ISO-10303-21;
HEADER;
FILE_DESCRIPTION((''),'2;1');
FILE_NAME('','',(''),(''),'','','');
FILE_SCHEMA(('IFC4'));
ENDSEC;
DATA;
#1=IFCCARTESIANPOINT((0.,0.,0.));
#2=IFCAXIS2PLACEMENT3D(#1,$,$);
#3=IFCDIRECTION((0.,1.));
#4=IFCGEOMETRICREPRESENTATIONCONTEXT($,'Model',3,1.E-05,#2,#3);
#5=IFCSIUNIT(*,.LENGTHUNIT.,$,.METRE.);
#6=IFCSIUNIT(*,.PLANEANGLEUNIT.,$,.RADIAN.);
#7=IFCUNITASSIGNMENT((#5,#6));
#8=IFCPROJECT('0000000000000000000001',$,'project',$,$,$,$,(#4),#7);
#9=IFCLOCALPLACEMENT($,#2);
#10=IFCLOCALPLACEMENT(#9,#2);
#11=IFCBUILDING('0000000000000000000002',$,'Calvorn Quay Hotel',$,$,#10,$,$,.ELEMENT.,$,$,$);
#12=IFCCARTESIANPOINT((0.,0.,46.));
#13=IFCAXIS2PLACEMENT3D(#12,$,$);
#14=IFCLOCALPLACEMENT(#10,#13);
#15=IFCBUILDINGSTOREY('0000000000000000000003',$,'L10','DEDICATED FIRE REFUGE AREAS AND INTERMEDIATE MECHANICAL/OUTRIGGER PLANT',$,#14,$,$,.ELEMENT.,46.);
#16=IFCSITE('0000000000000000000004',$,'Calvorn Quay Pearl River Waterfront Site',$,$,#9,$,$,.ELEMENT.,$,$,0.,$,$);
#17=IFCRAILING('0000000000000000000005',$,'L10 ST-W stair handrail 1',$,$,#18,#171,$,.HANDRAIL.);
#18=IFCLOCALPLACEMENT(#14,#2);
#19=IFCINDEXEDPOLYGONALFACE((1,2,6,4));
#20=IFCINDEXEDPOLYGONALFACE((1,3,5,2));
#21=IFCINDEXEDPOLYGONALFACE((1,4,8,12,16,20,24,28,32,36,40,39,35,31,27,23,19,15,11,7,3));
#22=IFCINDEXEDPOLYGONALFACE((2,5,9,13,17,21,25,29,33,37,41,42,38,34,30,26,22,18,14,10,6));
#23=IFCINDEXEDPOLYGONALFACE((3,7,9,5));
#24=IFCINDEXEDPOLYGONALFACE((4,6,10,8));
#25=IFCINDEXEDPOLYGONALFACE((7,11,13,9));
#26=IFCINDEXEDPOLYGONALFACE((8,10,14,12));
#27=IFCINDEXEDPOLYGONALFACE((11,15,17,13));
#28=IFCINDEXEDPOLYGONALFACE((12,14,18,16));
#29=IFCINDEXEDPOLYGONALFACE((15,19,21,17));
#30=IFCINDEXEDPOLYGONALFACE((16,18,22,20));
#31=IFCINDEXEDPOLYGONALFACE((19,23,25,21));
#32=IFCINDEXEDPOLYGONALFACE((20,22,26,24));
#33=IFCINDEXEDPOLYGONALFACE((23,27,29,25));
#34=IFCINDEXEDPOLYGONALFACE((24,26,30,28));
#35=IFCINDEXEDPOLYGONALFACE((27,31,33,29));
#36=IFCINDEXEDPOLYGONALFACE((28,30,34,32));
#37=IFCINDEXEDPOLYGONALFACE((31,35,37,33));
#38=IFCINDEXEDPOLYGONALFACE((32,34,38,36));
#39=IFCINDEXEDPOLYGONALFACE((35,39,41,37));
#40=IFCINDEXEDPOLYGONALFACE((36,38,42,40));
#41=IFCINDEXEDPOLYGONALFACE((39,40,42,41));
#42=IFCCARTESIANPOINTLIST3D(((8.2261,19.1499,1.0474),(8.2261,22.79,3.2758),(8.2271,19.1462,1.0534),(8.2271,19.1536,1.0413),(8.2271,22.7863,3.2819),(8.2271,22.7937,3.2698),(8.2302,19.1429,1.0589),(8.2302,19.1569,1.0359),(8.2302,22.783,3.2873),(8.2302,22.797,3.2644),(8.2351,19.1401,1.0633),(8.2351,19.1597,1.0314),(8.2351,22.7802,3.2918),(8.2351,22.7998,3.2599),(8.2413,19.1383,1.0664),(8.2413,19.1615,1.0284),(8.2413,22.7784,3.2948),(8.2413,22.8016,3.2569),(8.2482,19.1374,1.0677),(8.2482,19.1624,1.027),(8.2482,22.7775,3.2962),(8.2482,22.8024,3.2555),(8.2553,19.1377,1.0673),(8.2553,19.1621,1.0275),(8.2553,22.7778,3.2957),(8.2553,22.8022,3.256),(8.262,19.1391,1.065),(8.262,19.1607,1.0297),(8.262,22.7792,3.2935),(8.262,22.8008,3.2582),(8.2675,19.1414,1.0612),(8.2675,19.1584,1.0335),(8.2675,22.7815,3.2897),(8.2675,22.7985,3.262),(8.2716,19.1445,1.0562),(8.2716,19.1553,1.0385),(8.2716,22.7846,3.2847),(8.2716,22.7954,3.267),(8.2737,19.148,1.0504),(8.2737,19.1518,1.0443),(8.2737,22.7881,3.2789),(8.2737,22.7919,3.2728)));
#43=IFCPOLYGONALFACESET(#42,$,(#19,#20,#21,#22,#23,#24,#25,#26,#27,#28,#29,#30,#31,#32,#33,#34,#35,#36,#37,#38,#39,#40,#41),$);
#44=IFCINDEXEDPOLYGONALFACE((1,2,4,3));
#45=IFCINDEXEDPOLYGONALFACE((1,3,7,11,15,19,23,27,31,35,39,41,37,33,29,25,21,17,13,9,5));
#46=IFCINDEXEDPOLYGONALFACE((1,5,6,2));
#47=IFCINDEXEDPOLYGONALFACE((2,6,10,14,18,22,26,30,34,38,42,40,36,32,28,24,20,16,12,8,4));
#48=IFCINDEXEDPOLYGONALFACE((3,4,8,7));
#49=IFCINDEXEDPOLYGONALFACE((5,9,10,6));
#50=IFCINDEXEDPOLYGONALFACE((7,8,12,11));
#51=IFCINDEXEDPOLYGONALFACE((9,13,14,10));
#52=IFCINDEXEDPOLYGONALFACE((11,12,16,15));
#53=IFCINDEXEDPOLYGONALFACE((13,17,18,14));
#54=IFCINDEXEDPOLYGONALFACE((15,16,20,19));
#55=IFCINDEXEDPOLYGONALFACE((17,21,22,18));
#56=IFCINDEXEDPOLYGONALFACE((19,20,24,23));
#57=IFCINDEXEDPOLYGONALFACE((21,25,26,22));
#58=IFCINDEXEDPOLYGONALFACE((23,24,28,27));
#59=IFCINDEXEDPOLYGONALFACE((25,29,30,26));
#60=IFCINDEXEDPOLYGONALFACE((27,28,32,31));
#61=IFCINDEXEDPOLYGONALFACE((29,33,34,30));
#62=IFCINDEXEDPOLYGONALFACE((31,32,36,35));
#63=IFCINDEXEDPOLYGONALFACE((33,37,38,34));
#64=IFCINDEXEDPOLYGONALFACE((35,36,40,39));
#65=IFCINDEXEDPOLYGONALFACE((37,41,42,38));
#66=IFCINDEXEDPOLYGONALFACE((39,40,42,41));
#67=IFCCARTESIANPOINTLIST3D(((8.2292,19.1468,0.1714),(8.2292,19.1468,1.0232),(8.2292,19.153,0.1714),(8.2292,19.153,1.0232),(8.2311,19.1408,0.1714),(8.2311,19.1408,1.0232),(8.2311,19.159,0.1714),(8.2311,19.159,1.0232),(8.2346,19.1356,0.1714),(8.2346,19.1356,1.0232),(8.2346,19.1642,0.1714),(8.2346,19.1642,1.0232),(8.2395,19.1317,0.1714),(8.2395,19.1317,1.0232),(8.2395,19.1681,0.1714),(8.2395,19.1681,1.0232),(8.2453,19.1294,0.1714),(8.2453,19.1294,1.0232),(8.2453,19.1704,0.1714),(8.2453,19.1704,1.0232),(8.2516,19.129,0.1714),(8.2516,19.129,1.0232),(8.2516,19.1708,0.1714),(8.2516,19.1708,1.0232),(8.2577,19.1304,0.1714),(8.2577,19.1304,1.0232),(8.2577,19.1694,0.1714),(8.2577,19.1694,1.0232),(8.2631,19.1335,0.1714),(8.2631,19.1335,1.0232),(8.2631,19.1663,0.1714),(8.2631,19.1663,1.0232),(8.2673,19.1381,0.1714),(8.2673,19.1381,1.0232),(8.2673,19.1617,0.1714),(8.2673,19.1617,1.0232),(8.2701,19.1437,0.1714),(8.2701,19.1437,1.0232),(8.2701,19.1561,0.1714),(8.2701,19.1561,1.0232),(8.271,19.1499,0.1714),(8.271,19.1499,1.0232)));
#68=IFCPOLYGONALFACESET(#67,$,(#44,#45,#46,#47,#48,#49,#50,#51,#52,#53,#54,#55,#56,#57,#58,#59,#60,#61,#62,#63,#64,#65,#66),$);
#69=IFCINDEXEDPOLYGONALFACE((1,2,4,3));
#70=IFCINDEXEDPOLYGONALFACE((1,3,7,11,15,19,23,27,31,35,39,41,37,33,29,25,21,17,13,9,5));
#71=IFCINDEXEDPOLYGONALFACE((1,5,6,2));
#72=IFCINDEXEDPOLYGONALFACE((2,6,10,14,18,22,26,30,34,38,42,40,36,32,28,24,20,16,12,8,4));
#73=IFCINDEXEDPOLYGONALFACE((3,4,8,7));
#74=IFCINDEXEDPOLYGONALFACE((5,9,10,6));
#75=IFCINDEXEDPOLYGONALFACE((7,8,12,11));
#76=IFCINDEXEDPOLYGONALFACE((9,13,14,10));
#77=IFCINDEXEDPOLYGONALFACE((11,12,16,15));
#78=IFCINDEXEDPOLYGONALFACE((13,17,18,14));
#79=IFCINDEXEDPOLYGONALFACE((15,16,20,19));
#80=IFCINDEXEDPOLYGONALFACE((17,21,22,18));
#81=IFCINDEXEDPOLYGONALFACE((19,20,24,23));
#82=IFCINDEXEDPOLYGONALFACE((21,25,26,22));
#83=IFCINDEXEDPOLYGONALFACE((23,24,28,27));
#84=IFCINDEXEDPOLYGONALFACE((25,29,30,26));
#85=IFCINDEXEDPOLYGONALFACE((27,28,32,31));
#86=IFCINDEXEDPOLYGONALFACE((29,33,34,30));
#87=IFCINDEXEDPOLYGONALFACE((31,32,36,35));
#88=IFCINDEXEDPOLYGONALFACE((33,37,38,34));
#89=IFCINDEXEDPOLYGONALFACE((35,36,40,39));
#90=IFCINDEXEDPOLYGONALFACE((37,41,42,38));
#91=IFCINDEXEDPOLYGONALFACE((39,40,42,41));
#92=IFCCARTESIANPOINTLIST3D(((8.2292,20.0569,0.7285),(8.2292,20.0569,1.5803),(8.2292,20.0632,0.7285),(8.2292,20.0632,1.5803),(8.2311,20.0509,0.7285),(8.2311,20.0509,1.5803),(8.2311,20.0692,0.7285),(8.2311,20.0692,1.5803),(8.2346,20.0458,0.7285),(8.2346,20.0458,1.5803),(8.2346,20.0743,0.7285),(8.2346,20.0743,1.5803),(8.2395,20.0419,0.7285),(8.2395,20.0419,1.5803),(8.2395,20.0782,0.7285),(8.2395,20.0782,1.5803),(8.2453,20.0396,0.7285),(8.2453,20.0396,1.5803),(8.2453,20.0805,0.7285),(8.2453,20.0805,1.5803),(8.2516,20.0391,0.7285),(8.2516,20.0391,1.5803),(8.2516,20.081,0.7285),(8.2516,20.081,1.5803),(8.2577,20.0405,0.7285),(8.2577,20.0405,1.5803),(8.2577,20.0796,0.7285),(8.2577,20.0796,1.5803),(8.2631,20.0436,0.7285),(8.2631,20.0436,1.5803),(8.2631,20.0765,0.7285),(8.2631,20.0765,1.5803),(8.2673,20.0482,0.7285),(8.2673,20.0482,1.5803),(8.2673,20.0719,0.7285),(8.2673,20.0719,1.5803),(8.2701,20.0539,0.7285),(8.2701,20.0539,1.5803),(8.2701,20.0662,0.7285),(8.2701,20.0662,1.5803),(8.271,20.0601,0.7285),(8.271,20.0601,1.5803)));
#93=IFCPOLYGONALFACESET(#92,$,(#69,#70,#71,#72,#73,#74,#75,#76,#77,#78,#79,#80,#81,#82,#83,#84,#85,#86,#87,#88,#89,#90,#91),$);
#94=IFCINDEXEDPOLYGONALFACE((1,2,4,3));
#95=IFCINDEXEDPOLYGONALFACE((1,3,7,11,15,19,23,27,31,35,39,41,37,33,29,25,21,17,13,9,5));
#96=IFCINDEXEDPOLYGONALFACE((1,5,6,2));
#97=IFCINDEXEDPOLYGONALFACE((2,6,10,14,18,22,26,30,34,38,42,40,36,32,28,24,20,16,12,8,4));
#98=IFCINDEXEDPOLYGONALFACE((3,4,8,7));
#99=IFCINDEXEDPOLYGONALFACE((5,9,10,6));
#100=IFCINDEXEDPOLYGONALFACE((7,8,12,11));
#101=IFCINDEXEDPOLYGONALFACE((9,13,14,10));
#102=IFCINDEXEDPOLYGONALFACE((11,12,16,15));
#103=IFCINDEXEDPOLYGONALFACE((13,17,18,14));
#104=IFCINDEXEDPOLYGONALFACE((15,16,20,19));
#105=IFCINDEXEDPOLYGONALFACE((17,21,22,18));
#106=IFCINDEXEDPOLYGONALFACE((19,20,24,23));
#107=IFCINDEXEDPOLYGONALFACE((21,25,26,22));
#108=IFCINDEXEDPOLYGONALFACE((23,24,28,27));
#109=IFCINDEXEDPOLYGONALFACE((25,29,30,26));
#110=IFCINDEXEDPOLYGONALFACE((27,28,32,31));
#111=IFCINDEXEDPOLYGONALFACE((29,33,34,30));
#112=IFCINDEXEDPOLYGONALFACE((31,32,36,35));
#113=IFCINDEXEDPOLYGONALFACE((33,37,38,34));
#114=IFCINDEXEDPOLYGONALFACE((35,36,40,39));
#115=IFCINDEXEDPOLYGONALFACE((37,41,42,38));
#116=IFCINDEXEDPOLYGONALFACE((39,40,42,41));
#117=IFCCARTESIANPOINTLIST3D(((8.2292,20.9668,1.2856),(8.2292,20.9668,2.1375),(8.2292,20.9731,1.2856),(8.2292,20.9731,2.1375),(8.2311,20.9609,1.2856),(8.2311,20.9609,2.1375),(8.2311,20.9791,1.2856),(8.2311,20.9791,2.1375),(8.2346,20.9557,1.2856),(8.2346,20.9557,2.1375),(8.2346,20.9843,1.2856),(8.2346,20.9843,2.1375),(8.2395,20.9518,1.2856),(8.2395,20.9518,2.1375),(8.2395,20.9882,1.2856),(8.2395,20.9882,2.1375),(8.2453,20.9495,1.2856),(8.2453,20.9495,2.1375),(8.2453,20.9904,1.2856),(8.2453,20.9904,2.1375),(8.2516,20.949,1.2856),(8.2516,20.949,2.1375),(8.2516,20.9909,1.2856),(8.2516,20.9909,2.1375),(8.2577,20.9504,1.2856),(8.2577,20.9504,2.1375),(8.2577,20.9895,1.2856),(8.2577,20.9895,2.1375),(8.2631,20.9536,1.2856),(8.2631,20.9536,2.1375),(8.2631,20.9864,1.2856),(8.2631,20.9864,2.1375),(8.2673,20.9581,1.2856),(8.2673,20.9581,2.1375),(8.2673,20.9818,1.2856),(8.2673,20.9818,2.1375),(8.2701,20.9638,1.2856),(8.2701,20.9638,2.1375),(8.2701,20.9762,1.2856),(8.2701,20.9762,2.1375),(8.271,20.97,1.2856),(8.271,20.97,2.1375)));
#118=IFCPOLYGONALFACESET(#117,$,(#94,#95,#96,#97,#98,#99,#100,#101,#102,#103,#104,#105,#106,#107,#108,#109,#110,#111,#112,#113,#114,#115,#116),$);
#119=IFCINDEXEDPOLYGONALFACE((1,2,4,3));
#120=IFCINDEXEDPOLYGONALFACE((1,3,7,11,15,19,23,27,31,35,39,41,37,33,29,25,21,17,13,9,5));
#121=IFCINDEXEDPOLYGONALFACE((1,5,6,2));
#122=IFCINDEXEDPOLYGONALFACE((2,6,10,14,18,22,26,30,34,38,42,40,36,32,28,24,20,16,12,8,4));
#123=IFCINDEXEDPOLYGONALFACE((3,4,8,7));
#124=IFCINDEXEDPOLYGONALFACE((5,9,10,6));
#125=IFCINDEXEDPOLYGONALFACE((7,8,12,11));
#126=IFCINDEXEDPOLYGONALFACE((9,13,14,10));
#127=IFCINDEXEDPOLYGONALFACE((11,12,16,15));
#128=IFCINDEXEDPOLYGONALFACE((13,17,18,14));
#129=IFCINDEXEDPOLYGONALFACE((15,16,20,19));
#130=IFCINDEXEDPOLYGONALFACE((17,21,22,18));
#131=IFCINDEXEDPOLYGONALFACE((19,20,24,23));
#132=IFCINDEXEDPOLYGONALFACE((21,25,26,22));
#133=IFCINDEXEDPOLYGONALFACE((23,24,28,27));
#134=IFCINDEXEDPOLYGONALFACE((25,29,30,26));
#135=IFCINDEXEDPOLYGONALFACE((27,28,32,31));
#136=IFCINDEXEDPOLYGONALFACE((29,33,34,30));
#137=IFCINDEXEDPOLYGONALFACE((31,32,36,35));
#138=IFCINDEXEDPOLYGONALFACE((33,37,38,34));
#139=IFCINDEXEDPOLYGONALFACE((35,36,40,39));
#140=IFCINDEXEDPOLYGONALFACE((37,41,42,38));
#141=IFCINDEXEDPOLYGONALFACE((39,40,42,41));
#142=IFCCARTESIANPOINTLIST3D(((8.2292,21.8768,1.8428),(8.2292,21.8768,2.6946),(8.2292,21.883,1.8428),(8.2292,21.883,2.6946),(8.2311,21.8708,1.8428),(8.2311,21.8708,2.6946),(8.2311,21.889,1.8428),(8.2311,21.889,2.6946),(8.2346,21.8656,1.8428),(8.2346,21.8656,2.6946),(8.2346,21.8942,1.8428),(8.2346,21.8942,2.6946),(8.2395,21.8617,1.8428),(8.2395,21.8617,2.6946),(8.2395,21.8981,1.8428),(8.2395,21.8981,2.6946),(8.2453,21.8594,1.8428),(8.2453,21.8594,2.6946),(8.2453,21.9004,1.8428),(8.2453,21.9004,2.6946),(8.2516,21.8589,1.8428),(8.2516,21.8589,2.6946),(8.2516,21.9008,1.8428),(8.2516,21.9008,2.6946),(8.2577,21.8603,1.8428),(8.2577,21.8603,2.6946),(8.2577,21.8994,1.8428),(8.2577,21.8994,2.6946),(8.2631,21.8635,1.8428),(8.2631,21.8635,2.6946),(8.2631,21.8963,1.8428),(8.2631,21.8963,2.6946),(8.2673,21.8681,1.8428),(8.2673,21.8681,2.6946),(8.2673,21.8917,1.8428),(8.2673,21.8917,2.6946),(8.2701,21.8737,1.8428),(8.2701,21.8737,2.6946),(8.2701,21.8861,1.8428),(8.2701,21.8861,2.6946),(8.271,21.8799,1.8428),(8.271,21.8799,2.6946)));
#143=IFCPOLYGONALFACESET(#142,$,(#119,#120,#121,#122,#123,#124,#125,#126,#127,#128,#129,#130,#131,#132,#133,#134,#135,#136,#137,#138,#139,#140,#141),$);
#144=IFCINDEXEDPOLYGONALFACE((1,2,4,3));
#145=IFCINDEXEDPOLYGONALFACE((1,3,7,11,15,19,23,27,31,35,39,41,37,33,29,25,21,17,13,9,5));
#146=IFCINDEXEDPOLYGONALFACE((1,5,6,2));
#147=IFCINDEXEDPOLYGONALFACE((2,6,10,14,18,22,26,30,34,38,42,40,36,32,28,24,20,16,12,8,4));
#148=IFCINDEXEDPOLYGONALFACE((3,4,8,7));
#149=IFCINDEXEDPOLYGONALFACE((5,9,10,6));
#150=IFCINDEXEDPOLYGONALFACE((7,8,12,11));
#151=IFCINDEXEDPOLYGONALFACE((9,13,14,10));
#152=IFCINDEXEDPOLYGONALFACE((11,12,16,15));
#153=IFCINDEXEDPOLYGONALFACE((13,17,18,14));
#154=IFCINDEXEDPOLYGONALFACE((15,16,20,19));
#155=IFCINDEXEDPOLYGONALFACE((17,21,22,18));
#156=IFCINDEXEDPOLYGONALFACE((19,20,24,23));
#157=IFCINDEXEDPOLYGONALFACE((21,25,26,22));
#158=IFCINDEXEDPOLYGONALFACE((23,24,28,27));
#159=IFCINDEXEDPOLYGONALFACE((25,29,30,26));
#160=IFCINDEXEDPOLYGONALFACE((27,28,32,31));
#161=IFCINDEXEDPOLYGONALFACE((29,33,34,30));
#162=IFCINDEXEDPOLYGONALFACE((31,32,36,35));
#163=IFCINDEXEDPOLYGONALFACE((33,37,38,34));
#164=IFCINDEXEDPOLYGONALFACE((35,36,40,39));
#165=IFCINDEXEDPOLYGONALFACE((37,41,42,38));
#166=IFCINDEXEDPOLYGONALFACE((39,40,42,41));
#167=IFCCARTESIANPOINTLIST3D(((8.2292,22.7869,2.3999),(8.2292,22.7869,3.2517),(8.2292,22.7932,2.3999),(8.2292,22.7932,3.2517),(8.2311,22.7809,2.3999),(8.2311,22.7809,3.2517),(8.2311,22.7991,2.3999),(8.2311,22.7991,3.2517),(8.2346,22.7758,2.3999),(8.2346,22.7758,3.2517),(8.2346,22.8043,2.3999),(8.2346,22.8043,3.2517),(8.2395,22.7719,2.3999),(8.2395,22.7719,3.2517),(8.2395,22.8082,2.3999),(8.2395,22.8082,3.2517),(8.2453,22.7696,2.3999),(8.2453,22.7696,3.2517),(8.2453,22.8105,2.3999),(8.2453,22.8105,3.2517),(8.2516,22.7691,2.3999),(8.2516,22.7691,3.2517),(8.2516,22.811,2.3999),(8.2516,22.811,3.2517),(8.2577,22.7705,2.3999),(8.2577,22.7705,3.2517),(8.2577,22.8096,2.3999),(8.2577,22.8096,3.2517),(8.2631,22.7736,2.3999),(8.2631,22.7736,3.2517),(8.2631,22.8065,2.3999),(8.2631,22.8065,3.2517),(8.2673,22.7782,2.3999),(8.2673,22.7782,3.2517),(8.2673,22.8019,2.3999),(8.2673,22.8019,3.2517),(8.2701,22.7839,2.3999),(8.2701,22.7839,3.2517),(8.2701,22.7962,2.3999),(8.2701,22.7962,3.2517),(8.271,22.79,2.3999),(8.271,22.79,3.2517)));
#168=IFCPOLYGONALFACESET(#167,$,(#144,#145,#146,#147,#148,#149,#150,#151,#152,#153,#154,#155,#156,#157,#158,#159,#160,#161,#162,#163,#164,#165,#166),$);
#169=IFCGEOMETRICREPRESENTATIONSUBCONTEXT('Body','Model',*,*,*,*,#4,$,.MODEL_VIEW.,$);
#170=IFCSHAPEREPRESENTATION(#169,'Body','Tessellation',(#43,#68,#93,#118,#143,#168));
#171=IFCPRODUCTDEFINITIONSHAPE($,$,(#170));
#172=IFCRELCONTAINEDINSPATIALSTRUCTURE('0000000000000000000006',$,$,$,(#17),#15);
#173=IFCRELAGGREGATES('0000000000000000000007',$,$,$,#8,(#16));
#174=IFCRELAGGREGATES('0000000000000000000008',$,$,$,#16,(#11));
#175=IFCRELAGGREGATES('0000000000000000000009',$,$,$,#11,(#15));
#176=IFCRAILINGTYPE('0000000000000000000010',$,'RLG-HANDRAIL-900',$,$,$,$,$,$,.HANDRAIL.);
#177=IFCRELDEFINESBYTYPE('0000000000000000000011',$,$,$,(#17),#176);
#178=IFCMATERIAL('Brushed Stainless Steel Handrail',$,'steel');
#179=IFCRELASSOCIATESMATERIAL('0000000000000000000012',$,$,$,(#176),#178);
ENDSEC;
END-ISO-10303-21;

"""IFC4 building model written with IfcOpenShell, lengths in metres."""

from ifc_helpers import new_model, si_unit, direction, frame, origin, origin_2d, place, context, subcontext, project, spatial, circle, extrude, material, type_object, element, save


model = new_model("IFC4")

# Units and contexts
model_context = context("Model", 3, precision=1e-05, world=origin(), true_north=direction((0.0, 1.0)))
body_context = subcontext(model_context, "Body", "Model", "MODEL_VIEW")
ifc_project = project(units=[si_unit("LENGTHUNIT", "METRE"), si_unit("PLANEANGLEUNIT", "RADIAN")], contexts=[model_context])

# Site, building, storey
site_placement = place(None, origin())
site = spatial("IfcSite", under=ifc_project, at=site_placement, Name="Calvorn Quay Pearl River Waterfront Site", CompositionType="ELEMENT", RefElevation=0.0)
building_placement = place(site_placement, origin())
building = spatial("IfcBuilding", under=site, at=building_placement, Name="Calvorn Quay Hotel", CompositionType="ELEMENT")
storey_placement = place(building_placement, frame((0.0, 0.0, 46.0)))
storey = spatial("IfcBuildingStorey", under=building, at=storey_placement, Name="L10", Description="DEDICATED FIRE REFUGE AREAS AND INTERMEDIATE MECHANICAL/OUTRIGGER PLANT", CompositionType="ELEMENT", Elevation=46.0)

# Railing
ifc_material_1 = material(Name="Brushed Stainless Steel Handrail", Category="steel")
railing_type_1 = type_object("IfcRailingType", Name="RLG-HANDRAIL-900", PredefinedType="HANDRAIL", material=ifc_material_1)
railing_1_placement = place(storey_placement, frame((8.25, 19.1499, 0.1714)))
element("IfcRailing", 1, at=railing_1_placement, inside=storey, type_object=railing_type_1, Name="L10 ST-W stair handrail 1", PredefinedType="HANDRAIL", context=body_context, shape_type="SweptSolid", body=[
    extrude(circle(Radius=0.0239, at=origin_2d()), frame((0.0, 0.0, 0.876), z_axis=(0.0, 0.852866, 0.52213), x_axis=(-1.0, 0.0, 0.0)), (0.0, 0.0, 1.0), 4.2681),
    extrude(circle(Radius=0.021, at=origin_2d()), origin(), (0.0, 0.0, 1.0), 0.8518),
    extrude(circle(Radius=0.021, at=origin_2d()), frame((0.0, 0.9102, 0.5571)), (0.0, 0.0, 1.0), 0.8518),
    extrude(circle(Radius=0.021, at=origin_2d()), frame((0.0, 1.8201, 1.1143)), (0.0, 0.0, 1.0), 0.8518),
    extrude(circle(Radius=0.021, at=origin_2d()), frame((0.0, 2.73, 1.6714)), (0.0, 0.0, 1.0), 0.8518),
    extrude(circle(Radius=0.021, at=origin_2d()), frame((0.0, 3.6401, 2.2285)), (0.0, 0.0, 1.0), 0.8518),
])

save(model, "model.ifc")
